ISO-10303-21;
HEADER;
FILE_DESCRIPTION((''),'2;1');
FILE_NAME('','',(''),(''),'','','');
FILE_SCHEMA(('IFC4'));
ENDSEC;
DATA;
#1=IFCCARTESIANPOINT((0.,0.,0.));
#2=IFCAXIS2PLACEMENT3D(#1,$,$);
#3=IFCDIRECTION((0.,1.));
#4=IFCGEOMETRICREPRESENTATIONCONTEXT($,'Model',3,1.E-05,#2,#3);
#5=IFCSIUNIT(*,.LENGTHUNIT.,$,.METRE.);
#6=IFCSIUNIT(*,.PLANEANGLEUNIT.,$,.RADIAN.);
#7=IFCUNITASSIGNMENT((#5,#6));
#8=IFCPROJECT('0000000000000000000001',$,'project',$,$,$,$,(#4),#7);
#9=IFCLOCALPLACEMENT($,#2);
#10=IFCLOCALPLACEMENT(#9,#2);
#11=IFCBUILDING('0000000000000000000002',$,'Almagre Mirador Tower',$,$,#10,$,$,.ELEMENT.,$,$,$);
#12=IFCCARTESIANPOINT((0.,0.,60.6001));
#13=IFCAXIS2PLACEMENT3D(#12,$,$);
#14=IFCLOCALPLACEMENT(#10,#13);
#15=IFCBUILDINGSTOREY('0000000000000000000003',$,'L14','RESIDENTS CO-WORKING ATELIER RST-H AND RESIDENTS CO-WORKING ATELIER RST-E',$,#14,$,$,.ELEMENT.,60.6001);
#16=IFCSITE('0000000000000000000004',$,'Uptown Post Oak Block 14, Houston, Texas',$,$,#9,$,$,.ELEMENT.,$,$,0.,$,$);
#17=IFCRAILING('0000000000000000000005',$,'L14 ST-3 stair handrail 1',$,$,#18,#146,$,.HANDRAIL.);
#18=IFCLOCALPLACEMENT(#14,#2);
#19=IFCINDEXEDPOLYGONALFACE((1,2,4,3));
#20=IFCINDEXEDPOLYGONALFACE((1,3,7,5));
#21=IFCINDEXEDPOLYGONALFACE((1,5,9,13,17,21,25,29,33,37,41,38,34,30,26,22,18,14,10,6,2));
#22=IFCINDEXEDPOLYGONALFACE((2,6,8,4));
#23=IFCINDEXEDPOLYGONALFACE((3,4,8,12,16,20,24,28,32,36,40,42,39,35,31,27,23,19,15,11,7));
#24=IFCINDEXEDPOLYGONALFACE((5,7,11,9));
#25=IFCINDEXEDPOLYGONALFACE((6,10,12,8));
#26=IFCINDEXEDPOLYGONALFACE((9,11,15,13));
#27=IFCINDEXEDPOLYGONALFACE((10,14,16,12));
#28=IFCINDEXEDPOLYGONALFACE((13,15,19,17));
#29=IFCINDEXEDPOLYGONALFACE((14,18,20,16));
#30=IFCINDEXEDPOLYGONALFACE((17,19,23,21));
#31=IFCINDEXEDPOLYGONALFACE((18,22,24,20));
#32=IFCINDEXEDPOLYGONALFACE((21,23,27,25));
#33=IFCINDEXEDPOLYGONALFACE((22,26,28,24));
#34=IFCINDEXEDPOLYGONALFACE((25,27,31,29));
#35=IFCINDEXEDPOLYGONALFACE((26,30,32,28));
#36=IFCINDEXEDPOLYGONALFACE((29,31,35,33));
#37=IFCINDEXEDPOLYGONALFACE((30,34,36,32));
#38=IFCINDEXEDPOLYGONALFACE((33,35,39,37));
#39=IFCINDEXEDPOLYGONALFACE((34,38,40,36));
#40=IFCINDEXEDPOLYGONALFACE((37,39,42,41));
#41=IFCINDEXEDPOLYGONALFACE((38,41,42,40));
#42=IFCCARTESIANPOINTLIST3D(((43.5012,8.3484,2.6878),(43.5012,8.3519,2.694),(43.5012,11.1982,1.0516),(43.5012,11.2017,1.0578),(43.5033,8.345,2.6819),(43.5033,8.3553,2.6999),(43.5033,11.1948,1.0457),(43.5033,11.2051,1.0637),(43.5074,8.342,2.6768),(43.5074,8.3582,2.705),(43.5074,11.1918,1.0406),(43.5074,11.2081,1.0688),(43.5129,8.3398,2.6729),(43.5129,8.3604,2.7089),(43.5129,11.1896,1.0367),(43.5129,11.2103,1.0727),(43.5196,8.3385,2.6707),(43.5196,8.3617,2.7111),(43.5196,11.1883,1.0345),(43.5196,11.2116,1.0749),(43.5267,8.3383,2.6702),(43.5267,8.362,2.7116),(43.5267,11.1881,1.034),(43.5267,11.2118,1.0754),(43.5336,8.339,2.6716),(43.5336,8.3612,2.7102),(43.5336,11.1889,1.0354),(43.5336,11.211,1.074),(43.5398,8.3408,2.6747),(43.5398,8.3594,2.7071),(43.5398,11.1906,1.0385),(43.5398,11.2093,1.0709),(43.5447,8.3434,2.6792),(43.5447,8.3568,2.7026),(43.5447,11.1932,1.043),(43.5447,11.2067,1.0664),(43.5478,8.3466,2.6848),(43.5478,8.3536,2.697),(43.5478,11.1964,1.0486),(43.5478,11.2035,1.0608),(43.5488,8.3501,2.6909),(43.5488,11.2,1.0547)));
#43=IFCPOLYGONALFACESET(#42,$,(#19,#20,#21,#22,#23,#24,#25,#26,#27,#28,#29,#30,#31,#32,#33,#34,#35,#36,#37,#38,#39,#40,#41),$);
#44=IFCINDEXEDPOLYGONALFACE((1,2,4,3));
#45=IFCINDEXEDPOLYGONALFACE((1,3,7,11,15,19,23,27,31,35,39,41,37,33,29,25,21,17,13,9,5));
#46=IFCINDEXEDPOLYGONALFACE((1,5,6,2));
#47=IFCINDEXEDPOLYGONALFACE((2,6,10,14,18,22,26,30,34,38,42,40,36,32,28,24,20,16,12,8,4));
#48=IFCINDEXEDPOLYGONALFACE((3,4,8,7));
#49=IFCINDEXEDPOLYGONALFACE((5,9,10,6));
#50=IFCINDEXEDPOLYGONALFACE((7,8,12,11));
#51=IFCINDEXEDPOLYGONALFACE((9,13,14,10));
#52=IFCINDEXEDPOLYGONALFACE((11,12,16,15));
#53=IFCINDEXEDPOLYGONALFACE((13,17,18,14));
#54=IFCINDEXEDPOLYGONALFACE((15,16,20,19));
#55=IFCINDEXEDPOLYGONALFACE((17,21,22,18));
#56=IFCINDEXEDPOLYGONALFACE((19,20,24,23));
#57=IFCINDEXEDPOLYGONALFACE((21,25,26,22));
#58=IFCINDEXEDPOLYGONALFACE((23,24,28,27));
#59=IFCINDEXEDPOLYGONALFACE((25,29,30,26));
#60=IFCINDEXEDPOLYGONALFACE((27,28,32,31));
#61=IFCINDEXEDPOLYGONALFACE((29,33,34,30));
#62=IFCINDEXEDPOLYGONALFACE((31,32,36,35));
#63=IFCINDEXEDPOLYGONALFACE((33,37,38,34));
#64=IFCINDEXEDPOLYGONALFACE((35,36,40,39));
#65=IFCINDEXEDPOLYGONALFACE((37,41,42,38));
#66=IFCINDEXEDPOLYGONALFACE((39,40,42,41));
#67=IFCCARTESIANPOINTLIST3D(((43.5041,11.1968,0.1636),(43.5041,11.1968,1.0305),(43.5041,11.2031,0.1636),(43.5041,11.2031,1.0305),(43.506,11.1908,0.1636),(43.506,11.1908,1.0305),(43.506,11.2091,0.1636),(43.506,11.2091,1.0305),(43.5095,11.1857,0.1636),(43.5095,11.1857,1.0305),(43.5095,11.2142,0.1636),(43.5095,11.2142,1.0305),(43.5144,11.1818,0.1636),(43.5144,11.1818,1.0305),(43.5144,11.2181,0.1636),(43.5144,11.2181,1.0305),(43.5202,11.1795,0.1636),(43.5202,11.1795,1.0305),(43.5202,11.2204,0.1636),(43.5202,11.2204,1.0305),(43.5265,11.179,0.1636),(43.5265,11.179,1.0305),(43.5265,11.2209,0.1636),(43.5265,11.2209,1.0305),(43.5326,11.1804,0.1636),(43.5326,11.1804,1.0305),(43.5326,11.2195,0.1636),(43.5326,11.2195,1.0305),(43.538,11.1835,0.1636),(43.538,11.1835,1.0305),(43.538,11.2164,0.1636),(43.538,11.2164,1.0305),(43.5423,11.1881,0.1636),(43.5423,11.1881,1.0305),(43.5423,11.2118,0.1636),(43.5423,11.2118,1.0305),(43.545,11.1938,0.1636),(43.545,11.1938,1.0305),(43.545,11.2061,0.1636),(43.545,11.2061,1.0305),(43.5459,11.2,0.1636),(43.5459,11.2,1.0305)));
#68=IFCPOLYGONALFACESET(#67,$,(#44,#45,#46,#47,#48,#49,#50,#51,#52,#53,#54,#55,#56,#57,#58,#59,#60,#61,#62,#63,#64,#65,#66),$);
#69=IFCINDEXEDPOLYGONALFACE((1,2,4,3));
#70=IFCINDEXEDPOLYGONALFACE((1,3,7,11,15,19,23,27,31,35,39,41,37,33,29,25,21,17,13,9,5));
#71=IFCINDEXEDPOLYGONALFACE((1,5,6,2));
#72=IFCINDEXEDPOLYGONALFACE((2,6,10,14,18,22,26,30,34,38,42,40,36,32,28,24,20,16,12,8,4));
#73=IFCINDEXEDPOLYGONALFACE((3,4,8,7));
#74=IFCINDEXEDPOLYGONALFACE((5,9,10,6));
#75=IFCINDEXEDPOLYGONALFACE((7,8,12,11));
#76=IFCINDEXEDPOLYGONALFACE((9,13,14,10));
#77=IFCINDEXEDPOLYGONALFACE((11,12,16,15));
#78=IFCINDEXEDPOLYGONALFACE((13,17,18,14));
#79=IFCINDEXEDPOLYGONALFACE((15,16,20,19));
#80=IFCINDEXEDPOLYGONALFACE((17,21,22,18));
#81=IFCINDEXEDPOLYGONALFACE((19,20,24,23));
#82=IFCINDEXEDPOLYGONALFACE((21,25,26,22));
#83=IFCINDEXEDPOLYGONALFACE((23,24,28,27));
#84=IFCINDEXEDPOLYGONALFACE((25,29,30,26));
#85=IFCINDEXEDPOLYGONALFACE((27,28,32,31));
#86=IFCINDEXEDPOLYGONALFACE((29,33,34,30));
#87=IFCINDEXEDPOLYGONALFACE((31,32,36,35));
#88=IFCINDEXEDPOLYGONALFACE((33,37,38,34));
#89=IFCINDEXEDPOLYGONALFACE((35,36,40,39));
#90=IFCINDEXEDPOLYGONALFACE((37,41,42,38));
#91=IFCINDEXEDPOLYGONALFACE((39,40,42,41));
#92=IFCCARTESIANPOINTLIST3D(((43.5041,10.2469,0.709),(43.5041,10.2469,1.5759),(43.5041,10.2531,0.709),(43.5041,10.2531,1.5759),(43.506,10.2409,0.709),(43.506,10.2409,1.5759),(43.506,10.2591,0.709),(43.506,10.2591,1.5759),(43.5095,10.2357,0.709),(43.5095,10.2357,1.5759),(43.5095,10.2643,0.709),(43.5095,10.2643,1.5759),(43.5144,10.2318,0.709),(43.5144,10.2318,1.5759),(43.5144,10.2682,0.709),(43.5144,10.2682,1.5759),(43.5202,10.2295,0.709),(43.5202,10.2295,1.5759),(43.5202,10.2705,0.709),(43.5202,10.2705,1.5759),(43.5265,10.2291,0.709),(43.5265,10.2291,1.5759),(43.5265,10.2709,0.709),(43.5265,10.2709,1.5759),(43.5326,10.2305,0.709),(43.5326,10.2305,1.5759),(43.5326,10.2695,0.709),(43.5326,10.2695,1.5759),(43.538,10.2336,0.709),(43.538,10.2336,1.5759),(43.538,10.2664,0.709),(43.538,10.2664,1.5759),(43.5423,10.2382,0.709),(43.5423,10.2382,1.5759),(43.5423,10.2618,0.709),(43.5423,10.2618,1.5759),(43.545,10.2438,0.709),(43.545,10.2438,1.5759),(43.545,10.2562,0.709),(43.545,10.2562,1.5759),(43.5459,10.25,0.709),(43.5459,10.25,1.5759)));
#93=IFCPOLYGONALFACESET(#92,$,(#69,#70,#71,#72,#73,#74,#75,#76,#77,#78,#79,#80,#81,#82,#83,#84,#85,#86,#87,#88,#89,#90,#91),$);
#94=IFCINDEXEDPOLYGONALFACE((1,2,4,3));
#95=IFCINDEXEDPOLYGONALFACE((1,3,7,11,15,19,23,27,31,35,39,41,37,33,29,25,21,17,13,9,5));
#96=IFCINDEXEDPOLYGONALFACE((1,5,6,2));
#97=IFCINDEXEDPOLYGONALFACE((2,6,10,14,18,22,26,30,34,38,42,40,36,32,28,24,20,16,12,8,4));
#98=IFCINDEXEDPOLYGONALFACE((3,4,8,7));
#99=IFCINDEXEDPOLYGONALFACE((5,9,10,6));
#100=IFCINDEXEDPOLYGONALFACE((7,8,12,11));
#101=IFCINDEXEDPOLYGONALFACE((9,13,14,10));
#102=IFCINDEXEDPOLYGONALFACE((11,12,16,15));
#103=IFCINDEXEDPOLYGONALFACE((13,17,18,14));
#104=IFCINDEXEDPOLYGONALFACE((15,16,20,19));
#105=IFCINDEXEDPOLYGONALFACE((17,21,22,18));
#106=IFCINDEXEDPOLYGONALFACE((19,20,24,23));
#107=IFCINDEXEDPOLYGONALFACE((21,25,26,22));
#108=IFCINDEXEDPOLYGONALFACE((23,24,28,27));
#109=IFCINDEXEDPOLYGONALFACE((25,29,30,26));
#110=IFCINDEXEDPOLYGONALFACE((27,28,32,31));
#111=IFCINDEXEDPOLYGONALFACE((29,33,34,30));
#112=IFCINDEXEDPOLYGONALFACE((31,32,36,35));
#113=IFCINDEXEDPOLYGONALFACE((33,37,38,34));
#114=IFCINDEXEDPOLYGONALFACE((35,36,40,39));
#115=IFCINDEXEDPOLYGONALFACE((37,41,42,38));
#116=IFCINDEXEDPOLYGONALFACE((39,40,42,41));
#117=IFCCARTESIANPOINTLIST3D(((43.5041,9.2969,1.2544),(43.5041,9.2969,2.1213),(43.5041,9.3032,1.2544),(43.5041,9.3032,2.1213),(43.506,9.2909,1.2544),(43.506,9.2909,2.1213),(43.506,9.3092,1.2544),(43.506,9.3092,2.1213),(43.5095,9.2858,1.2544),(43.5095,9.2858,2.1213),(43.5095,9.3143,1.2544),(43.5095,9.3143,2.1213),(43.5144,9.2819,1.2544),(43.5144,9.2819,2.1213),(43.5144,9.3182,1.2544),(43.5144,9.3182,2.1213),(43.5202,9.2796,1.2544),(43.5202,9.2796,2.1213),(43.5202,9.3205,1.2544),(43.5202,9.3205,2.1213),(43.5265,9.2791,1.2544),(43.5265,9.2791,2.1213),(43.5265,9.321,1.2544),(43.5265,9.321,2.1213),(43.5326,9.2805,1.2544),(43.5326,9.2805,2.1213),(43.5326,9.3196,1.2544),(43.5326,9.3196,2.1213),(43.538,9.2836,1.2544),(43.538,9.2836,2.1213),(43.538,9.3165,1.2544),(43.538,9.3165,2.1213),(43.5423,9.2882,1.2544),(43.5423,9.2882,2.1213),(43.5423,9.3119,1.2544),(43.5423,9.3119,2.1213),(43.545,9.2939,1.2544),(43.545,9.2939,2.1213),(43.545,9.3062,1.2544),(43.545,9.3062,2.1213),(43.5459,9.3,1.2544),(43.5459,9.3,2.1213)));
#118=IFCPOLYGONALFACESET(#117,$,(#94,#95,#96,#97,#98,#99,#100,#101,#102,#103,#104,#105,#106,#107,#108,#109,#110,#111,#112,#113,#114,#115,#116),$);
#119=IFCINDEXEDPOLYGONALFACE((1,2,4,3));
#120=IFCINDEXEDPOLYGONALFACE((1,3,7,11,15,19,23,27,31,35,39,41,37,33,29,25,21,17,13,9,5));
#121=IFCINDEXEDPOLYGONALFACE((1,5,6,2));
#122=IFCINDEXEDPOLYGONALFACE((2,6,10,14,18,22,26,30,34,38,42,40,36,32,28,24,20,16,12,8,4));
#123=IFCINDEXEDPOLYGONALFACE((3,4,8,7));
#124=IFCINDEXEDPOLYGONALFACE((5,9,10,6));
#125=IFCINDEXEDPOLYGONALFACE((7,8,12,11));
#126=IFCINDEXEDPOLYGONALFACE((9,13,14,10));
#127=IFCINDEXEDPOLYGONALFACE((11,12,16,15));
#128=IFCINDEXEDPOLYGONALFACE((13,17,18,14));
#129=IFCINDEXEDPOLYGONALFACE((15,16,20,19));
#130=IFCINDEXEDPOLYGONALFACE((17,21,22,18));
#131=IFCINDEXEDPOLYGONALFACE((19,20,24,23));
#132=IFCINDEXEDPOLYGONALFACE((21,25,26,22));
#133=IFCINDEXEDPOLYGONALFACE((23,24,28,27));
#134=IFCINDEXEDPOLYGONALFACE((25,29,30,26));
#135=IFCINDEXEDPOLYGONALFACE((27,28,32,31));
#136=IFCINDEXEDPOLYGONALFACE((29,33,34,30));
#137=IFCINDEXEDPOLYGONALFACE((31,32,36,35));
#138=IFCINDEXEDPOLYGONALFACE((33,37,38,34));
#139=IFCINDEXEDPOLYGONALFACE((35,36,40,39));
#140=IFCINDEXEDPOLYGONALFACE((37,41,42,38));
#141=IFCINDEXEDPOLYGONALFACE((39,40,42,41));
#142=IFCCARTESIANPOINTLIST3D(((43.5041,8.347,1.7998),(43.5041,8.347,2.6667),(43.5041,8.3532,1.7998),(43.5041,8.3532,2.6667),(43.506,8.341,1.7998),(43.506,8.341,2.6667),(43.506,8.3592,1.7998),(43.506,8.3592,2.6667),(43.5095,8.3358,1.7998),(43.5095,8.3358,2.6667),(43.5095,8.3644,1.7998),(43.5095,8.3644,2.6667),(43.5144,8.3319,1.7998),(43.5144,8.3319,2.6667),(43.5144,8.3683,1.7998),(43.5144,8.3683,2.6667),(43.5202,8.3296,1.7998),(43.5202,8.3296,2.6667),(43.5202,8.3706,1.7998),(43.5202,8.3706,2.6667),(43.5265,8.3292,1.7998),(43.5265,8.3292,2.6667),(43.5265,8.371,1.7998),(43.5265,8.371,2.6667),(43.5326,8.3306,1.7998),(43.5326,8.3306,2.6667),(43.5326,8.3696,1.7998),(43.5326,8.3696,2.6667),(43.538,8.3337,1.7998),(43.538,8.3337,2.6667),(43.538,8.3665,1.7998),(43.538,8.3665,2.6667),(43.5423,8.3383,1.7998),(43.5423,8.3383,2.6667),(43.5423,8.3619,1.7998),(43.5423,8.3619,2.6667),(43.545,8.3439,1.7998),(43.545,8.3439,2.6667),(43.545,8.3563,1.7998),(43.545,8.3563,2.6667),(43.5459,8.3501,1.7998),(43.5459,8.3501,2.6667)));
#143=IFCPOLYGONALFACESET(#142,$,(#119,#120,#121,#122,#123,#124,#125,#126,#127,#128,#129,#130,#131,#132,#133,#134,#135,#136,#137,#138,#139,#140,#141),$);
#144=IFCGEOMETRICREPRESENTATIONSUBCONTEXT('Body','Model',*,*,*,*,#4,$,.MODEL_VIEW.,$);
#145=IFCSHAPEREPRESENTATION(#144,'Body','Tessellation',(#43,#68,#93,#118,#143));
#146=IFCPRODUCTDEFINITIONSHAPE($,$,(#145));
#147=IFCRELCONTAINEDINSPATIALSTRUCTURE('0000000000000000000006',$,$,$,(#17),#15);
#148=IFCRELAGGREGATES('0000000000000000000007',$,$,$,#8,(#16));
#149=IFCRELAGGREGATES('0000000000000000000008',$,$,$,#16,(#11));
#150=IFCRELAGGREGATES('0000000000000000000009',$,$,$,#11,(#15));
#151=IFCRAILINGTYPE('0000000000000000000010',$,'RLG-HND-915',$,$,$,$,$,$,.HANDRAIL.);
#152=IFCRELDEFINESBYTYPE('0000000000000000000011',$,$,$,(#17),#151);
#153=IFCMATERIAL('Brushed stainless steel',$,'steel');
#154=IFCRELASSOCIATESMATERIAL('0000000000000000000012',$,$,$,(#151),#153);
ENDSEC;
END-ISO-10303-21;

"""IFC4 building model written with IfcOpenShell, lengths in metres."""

from ifc_helpers import new_model, si_unit, direction, frame, origin, origin_2d, place, context, subcontext, project, spatial, circle, extrude, material, type_object, element, save


model = new_model("IFC4")

# Units and contexts
model_context = context("Model", 3, precision=1e-05, world=origin(), true_north=direction((0.0, 1.0)))
body_context = subcontext(model_context, "Body", "Model", "MODEL_VIEW")
ifc_project = project(units=[si_unit("LENGTHUNIT", "METRE"), si_unit("PLANEANGLEUNIT", "RADIAN")], contexts=[model_context])

# Site, building, storey
site_placement = place(None, origin())
site = spatial("IfcSite", under=ifc_project, at=site_placement, Name="Uptown Post Oak Block 14, Houston, Texas", CompositionType="ELEMENT", RefElevation=0.0)
building_placement = place(site_placement, origin())
building = spatial("IfcBuilding", under=site, at=building_placement, Name="Almagre Mirador Tower", CompositionType="ELEMENT")
storey_placement = place(building_placement, frame((0.0, 0.0, 60.6001)))
storey = spatial("IfcBuildingStorey", under=building, at=storey_placement, Name="L14", Description="RESIDENTS CO-WORKING ATELIER RST-H AND RESIDENTS CO-WORKING ATELIER RST-E", CompositionType="ELEMENT", Elevation=60.6001)

# Railing
ifc_material_1 = material(Name="Brushed stainless steel", Category="steel")
railing_type_1 = type_object("IfcRailingType", Name="RLG-HND-915", PredefinedType="HANDRAIL", material=ifc_material_1)
railing_1_placement = place(storey_placement, frame((43.5249, 11.2, 0.1636)))
element("IfcRailing", 1, at=railing_1_placement, inside=storey, type_object=railing_type_1, Name="L14 ST-3 stair handrail 1", PredefinedType="HANDRAIL", context=body_context, shape_type="SweptSolid", body=[
    extrude(circle(Radius=0.0239, at=origin_2d()), frame((0.0, 0.0, 0.8911), z_axis=(0.0, -0.867226, 0.497914), x_axis=(1.0, 0.0, 0.0)), (0.0, 0.0, 1.0), 3.2861),
    extrude(circle(Radius=0.021, at=origin_2d()), origin(), (0.0, 0.0, 1.0), 0.8669),
    extrude(circle(Radius=0.021, at=origin_2d()), frame((0.0, -0.95, 0.5454)), (0.0, 0.0, 1.0), 0.8669),
    extrude(circle(Radius=0.021, at=origin_2d()), frame((0.0, -1.8999, 1.0908)), (0.0, 0.0, 1.0), 0.8669),
    extrude(circle(Radius=0.021, at=origin_2d()), frame((0.0, -2.8499, 1.6362)), (0.0, 0.0, 1.0), 0.8669),
])

save(model, "model.ifc")
